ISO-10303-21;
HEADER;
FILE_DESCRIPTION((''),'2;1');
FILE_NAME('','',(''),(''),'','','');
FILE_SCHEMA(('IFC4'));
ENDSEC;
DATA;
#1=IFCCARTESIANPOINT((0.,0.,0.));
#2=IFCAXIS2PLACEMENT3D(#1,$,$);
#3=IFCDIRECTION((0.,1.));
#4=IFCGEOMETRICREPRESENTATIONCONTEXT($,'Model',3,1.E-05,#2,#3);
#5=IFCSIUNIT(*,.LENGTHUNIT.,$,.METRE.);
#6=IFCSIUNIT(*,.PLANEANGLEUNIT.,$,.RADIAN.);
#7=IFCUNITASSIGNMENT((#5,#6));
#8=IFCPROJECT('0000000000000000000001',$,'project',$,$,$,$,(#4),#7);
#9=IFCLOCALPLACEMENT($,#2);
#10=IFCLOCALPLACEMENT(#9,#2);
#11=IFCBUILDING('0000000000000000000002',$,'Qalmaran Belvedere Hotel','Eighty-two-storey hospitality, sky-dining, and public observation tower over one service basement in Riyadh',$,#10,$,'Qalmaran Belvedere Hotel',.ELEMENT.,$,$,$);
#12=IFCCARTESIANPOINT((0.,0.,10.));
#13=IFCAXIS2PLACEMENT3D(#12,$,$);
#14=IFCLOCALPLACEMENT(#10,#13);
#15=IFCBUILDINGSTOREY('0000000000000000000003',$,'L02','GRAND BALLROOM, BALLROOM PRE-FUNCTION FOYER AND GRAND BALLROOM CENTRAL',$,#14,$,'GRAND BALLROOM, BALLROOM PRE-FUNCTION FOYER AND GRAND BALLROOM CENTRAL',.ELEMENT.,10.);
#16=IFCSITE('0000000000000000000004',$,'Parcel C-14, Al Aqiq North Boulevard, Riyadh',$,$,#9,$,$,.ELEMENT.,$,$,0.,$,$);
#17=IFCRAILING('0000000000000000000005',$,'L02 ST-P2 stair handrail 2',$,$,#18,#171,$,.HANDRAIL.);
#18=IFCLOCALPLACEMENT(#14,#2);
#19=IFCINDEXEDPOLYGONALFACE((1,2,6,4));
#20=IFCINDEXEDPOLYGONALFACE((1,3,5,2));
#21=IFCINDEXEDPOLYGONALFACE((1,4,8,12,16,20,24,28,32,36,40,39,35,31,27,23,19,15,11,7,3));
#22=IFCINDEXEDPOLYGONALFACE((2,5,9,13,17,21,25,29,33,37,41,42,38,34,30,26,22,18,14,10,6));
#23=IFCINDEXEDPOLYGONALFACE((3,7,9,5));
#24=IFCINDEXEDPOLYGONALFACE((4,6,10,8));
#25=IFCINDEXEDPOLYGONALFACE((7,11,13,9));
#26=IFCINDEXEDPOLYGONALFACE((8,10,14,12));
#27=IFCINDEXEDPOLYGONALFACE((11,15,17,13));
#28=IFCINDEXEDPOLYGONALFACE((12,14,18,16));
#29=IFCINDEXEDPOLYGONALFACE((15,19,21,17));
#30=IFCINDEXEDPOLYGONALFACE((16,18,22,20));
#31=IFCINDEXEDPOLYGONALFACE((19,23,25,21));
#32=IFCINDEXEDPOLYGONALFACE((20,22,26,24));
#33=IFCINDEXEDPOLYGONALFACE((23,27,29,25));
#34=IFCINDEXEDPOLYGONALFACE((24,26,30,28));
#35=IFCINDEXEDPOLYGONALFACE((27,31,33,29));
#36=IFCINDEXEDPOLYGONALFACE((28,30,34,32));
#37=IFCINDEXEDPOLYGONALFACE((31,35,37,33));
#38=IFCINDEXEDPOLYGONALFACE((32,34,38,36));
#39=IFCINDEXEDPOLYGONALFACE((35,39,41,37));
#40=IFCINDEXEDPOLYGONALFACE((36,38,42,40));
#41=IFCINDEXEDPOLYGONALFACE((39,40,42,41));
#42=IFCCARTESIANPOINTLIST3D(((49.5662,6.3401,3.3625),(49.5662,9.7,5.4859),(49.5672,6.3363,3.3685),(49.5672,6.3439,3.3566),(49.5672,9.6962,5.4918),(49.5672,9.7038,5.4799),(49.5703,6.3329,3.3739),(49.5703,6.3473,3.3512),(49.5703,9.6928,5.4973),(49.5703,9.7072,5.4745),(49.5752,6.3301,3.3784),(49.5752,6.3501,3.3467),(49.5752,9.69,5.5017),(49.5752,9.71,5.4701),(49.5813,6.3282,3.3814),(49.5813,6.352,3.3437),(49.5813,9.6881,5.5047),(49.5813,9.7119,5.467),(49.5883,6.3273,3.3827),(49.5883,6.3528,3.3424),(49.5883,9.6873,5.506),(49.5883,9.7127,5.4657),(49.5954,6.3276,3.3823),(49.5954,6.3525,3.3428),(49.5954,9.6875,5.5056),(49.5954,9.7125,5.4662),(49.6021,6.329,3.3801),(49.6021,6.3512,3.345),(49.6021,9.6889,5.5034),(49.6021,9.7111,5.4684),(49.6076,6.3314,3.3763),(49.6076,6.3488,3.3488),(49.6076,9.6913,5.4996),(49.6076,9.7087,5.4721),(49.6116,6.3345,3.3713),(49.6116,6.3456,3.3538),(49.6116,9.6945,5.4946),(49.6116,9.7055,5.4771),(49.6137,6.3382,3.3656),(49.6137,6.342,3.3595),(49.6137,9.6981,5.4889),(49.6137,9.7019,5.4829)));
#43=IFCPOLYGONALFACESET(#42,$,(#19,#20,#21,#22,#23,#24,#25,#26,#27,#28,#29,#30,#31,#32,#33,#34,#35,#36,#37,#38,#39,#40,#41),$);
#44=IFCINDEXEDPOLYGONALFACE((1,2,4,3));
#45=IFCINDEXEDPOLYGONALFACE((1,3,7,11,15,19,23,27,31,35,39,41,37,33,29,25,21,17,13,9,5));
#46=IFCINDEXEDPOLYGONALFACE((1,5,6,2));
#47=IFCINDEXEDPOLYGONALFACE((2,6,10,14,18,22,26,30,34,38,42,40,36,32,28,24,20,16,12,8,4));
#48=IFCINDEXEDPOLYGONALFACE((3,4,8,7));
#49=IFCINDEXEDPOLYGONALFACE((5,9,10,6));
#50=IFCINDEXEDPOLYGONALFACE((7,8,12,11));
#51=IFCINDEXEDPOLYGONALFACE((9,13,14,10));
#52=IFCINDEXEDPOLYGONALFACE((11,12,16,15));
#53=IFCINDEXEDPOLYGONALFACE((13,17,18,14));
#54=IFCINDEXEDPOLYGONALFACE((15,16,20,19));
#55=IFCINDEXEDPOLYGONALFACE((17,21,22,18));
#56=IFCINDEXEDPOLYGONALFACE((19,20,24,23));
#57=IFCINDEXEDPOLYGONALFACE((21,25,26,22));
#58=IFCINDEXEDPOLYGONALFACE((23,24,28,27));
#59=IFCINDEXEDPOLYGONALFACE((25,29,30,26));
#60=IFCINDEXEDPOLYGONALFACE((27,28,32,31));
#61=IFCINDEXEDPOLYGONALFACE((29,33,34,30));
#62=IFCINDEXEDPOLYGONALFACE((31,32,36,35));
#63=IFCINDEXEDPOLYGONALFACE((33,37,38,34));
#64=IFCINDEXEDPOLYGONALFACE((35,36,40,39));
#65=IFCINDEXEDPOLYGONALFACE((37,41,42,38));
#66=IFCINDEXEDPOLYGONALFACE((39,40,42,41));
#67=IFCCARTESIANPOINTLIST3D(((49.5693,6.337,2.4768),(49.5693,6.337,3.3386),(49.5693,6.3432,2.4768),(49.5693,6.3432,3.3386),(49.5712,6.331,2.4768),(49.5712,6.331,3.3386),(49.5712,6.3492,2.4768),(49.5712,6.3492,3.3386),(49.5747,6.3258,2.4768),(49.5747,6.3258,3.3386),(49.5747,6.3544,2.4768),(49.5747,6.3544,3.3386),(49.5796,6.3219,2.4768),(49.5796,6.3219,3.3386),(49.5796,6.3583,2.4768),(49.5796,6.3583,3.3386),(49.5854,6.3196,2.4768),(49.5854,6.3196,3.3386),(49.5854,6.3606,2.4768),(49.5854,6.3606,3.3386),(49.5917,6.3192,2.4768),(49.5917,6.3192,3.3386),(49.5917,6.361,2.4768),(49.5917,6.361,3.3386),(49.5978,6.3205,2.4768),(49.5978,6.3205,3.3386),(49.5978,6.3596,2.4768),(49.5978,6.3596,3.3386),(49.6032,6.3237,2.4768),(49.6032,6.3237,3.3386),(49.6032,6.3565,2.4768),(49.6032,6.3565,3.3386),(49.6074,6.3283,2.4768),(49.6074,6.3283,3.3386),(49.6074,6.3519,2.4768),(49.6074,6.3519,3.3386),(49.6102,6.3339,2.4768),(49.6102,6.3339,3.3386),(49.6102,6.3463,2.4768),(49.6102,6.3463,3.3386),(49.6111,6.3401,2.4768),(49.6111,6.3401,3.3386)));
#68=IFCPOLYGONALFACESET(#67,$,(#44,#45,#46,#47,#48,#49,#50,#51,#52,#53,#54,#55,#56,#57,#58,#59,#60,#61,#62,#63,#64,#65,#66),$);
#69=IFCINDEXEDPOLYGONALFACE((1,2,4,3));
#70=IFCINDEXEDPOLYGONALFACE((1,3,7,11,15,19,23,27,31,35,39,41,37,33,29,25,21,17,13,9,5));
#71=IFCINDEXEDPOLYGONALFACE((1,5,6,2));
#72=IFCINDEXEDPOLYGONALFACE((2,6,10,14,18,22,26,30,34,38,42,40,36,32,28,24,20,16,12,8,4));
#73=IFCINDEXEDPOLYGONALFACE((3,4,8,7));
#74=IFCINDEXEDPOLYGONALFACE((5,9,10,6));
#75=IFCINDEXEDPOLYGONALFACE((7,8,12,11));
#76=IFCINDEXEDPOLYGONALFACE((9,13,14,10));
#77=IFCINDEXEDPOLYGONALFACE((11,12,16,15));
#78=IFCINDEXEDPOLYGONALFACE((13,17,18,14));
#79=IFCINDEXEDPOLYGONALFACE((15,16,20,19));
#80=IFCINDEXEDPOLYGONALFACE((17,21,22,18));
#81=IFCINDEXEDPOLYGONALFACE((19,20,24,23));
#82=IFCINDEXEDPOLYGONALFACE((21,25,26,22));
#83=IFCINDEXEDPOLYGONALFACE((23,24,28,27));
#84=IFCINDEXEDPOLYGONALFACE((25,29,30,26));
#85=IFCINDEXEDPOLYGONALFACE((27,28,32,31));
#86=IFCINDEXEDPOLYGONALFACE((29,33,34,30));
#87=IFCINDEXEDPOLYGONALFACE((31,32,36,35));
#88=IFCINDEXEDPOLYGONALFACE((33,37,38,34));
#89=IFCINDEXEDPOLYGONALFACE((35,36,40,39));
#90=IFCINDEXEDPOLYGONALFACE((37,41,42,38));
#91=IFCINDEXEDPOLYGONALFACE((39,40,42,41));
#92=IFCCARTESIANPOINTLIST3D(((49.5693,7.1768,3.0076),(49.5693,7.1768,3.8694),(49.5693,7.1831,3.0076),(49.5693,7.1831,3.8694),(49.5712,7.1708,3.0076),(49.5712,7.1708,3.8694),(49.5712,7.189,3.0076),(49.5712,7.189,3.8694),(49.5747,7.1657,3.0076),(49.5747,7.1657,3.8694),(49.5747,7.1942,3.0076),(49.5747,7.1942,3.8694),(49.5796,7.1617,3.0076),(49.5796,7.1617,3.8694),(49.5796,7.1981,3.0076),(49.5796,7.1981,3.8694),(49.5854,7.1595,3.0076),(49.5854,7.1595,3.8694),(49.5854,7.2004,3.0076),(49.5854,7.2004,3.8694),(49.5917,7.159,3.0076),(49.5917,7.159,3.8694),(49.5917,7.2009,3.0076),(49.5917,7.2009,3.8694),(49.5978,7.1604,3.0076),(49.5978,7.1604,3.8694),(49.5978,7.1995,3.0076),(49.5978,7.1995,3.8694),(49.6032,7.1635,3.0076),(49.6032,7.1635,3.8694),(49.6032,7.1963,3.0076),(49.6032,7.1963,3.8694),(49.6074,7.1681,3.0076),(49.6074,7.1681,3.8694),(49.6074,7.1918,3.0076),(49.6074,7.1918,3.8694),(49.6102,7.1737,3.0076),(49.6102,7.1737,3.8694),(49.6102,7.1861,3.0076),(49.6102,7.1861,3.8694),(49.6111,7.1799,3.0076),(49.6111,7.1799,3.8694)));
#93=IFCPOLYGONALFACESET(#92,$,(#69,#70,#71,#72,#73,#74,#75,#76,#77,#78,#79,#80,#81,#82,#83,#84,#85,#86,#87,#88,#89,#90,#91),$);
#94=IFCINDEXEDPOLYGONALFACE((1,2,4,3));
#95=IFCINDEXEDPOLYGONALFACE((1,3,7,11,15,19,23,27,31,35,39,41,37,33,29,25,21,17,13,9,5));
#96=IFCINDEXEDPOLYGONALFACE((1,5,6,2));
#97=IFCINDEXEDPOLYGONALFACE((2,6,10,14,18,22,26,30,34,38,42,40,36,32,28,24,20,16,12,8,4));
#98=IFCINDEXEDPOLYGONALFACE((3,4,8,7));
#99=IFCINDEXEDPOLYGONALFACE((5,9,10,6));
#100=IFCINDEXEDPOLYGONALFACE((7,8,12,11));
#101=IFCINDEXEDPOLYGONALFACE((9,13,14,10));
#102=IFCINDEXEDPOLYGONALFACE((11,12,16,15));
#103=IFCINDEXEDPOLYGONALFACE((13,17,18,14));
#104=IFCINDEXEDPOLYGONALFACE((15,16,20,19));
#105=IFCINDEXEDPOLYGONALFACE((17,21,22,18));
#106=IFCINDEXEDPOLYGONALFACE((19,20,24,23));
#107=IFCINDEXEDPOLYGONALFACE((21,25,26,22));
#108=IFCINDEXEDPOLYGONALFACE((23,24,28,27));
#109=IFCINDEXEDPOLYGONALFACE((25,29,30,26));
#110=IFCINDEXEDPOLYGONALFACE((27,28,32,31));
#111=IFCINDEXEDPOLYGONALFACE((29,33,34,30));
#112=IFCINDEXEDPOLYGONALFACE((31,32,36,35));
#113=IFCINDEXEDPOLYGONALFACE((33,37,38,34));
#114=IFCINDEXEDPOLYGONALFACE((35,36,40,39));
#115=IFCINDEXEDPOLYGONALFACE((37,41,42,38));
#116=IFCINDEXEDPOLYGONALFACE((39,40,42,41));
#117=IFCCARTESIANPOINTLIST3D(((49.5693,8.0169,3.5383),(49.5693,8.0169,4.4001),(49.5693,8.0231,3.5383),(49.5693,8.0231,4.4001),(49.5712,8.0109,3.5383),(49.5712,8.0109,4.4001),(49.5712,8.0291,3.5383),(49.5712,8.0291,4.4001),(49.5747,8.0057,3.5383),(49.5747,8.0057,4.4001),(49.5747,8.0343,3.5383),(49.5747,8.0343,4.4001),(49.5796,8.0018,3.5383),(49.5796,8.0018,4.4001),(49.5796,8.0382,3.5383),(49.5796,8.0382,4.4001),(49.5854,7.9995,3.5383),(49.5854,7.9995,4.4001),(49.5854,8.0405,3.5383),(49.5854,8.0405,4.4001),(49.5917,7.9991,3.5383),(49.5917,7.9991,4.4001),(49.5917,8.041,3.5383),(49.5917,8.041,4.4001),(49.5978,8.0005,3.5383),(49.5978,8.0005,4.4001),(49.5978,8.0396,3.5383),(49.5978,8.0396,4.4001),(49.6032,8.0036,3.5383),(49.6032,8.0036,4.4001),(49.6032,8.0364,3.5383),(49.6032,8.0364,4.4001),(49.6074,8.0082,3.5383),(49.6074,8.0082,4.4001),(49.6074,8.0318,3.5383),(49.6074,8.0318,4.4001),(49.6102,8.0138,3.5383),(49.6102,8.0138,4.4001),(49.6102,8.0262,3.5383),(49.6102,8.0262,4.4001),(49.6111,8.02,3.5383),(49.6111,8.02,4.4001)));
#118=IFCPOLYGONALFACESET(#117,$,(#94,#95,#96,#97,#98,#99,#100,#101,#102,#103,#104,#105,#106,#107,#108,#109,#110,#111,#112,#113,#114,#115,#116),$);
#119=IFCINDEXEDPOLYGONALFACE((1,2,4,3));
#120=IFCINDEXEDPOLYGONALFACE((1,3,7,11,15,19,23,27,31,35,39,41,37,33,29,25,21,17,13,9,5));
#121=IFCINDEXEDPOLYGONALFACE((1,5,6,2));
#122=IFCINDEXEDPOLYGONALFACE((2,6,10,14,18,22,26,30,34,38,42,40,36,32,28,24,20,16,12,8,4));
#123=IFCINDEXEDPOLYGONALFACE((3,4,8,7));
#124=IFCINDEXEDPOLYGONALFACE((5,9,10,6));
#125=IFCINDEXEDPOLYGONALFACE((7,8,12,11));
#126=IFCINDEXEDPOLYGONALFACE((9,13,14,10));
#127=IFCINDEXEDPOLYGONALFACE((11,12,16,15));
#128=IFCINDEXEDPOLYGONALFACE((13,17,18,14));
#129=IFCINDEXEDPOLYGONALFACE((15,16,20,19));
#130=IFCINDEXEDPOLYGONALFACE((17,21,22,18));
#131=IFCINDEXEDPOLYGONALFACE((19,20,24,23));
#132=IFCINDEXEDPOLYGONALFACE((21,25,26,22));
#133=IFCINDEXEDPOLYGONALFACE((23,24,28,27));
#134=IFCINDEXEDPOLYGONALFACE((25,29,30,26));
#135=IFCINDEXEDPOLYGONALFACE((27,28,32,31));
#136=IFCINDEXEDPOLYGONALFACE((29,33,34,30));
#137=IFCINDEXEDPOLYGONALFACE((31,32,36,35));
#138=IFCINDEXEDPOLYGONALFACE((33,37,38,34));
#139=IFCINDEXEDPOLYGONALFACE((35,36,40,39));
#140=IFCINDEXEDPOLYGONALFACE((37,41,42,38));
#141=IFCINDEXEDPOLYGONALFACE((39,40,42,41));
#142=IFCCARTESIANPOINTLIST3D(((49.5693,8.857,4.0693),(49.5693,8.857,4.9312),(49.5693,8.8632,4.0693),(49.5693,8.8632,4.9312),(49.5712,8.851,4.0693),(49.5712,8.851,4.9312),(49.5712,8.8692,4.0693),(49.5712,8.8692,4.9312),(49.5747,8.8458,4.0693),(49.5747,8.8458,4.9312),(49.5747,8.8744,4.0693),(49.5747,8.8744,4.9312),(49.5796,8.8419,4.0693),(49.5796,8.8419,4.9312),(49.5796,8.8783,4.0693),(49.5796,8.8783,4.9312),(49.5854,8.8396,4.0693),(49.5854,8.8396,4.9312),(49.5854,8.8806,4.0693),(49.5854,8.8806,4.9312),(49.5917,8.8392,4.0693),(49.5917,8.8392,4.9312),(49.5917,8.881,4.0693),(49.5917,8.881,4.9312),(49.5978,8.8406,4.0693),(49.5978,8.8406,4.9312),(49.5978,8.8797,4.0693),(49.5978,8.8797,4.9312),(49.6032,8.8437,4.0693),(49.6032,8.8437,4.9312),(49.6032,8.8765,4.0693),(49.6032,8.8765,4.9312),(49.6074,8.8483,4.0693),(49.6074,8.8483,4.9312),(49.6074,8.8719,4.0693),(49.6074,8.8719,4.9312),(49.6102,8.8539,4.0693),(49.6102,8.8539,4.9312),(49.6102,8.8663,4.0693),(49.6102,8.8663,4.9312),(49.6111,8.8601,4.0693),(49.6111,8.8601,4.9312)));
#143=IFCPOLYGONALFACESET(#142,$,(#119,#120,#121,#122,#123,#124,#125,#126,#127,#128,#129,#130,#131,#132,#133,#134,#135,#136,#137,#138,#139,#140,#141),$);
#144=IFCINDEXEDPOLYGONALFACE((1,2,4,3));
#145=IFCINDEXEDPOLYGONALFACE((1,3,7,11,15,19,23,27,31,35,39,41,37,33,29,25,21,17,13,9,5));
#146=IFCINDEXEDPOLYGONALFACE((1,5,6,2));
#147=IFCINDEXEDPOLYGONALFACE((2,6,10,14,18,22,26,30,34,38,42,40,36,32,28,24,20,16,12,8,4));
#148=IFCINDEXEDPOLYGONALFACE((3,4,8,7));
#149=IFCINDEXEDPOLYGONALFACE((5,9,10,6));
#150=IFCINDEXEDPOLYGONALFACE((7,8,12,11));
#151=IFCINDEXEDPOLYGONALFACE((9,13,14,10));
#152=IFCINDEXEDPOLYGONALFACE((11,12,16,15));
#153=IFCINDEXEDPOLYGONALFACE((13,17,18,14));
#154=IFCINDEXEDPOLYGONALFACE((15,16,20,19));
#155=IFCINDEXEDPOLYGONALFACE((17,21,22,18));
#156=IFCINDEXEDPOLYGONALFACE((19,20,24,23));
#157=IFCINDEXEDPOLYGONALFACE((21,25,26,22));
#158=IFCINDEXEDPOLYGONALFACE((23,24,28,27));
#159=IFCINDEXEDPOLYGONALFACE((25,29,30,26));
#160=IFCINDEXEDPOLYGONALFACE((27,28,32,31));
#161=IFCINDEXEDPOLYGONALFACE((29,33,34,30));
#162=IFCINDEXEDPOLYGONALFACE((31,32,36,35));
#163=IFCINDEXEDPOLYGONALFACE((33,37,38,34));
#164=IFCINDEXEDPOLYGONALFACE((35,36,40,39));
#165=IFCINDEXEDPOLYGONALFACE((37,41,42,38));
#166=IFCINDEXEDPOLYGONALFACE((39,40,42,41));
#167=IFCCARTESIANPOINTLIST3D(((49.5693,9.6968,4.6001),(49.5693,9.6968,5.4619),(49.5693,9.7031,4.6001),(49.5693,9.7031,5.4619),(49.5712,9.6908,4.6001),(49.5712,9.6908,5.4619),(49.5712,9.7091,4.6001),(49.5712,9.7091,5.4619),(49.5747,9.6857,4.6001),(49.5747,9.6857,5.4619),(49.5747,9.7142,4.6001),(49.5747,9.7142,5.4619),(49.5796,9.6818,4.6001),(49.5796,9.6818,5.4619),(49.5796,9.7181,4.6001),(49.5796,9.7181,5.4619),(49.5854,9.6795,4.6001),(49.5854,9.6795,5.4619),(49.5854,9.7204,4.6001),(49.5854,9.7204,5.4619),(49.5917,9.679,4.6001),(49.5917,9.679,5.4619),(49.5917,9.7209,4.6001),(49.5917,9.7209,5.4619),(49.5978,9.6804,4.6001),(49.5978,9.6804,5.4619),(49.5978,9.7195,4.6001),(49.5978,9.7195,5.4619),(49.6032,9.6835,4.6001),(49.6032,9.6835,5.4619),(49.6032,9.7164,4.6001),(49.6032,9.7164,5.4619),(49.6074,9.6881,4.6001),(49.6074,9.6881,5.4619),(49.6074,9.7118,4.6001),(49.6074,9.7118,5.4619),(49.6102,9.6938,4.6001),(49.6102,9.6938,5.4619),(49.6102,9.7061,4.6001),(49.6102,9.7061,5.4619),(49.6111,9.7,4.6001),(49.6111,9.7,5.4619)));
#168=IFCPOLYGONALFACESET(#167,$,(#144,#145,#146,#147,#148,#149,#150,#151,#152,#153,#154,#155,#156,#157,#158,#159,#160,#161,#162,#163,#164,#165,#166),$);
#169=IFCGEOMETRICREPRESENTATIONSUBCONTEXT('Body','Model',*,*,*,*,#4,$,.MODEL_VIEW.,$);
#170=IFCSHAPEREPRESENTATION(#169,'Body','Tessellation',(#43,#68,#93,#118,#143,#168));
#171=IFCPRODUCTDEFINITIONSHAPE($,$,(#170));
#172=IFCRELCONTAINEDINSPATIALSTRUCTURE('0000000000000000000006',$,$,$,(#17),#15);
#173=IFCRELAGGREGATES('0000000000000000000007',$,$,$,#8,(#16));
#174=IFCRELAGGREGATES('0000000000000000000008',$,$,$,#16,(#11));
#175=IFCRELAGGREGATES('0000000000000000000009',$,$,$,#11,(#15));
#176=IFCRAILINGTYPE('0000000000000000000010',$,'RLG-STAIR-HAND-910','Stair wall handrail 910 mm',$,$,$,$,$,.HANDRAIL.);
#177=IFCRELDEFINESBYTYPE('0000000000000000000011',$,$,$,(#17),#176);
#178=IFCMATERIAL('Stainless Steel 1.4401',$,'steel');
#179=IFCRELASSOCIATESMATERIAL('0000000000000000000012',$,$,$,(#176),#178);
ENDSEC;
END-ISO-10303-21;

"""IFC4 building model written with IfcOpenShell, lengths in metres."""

from ifc_helpers import new_model, si_unit, direction, frame, origin, origin_2d, place, context, subcontext, project, spatial, circle, extrude, material, type_object, element, save


model = new_model("IFC4")

# Units and contexts
model_context = context("Model", 3, precision=1e-05, world=origin(), true_north=direction((0.0, 1.0)))
body_context = subcontext(model_context, "Body", "Model", "MODEL_VIEW")
ifc_project = project(units=[si_unit("LENGTHUNIT", "METRE"), si_unit("PLANEANGLEUNIT", "RADIAN")], contexts=[model_context])

# Site, building, storey
site_placement = place(None, origin())
site = spatial("IfcSite", under=ifc_project, at=site_placement, Name="Parcel C-14, Al Aqiq North Boulevard, Riyadh", CompositionType="ELEMENT", RefElevation=0.0)
building_placement = place(site_placement, origin())
building = spatial("IfcBuilding", under=site, at=building_placement, Name="Qalmaran Belvedere Hotel", Description="Eighty-two-storey hospitality, sky-dining, and public observation tower over one service basement in Riyadh", LongName="Qalmaran Belvedere Hotel", CompositionType="ELEMENT")
storey_placement = place(building_placement, frame((0.0, 0.0, 10.0)))
storey = spatial("IfcBuildingStorey", under=building, at=storey_placement, Name="L02", Description="GRAND BALLROOM, BALLROOM PRE-FUNCTION FOYER AND GRAND BALLROOM CENTRAL", LongName="GRAND BALLROOM, BALLROOM PRE-FUNCTION FOYER AND GRAND BALLROOM CENTRAL", CompositionType="ELEMENT", Elevation=10.0)

# Railing
ifc_material_1 = material(Name="Stainless Steel 1.4401", Category="steel")
railing_type_1 = type_object("IfcRailingType", Name="RLG-STAIR-HAND-910", Description="Stair wall handrail 910 mm", PredefinedType="HANDRAIL", material=ifc_material_1)
railing_1_placement = place(storey_placement, frame((49.5901, 6.3401, 2.4768)))
element("IfcRailing", 1, at=railing_1_placement, inside=storey, type_object=railing_type_1, Name="L02 ST-P2 stair handrail 2", PredefinedType="HANDRAIL", context=body_context, shape_type="SweptSolid", body=[
    extrude(circle(Radius=0.0239, at=origin_2d()), frame((0.0, 0.0, 0.8857), z_axis=(0.0, 0.845344, 0.534222), x_axis=(-1.0, 0.0, 0.0)), (0.0, 0.0, 1.0), 3.9746),
    extrude(circle(Radius=0.021, at=origin_2d()), origin(), (0.0, 0.0, 1.0), 0.8618),
    extrude(circle(Radius=0.021, at=origin_2d()), frame((0.0, 0.8398, 0.5308)), (0.0, 0.0, 1.0), 0.8618),
    extrude(circle(Radius=0.021, at=origin_2d()), frame((0.0, 1.6799, 1.0615)), (0.0, 0.0, 1.0), 0.8618),
    extrude(circle(Radius=0.021, at=origin_2d()), frame((0.0, 2.52, 1.5925)), (0.0, 0.0, 1.0), 0.8618),
    extrude(circle(Radius=0.021, at=origin_2d()), frame((0.0, 3.3599, 2.1233)), (0.0, 0.0, 1.0), 0.8618),
])

save(model, "model.ifc")
